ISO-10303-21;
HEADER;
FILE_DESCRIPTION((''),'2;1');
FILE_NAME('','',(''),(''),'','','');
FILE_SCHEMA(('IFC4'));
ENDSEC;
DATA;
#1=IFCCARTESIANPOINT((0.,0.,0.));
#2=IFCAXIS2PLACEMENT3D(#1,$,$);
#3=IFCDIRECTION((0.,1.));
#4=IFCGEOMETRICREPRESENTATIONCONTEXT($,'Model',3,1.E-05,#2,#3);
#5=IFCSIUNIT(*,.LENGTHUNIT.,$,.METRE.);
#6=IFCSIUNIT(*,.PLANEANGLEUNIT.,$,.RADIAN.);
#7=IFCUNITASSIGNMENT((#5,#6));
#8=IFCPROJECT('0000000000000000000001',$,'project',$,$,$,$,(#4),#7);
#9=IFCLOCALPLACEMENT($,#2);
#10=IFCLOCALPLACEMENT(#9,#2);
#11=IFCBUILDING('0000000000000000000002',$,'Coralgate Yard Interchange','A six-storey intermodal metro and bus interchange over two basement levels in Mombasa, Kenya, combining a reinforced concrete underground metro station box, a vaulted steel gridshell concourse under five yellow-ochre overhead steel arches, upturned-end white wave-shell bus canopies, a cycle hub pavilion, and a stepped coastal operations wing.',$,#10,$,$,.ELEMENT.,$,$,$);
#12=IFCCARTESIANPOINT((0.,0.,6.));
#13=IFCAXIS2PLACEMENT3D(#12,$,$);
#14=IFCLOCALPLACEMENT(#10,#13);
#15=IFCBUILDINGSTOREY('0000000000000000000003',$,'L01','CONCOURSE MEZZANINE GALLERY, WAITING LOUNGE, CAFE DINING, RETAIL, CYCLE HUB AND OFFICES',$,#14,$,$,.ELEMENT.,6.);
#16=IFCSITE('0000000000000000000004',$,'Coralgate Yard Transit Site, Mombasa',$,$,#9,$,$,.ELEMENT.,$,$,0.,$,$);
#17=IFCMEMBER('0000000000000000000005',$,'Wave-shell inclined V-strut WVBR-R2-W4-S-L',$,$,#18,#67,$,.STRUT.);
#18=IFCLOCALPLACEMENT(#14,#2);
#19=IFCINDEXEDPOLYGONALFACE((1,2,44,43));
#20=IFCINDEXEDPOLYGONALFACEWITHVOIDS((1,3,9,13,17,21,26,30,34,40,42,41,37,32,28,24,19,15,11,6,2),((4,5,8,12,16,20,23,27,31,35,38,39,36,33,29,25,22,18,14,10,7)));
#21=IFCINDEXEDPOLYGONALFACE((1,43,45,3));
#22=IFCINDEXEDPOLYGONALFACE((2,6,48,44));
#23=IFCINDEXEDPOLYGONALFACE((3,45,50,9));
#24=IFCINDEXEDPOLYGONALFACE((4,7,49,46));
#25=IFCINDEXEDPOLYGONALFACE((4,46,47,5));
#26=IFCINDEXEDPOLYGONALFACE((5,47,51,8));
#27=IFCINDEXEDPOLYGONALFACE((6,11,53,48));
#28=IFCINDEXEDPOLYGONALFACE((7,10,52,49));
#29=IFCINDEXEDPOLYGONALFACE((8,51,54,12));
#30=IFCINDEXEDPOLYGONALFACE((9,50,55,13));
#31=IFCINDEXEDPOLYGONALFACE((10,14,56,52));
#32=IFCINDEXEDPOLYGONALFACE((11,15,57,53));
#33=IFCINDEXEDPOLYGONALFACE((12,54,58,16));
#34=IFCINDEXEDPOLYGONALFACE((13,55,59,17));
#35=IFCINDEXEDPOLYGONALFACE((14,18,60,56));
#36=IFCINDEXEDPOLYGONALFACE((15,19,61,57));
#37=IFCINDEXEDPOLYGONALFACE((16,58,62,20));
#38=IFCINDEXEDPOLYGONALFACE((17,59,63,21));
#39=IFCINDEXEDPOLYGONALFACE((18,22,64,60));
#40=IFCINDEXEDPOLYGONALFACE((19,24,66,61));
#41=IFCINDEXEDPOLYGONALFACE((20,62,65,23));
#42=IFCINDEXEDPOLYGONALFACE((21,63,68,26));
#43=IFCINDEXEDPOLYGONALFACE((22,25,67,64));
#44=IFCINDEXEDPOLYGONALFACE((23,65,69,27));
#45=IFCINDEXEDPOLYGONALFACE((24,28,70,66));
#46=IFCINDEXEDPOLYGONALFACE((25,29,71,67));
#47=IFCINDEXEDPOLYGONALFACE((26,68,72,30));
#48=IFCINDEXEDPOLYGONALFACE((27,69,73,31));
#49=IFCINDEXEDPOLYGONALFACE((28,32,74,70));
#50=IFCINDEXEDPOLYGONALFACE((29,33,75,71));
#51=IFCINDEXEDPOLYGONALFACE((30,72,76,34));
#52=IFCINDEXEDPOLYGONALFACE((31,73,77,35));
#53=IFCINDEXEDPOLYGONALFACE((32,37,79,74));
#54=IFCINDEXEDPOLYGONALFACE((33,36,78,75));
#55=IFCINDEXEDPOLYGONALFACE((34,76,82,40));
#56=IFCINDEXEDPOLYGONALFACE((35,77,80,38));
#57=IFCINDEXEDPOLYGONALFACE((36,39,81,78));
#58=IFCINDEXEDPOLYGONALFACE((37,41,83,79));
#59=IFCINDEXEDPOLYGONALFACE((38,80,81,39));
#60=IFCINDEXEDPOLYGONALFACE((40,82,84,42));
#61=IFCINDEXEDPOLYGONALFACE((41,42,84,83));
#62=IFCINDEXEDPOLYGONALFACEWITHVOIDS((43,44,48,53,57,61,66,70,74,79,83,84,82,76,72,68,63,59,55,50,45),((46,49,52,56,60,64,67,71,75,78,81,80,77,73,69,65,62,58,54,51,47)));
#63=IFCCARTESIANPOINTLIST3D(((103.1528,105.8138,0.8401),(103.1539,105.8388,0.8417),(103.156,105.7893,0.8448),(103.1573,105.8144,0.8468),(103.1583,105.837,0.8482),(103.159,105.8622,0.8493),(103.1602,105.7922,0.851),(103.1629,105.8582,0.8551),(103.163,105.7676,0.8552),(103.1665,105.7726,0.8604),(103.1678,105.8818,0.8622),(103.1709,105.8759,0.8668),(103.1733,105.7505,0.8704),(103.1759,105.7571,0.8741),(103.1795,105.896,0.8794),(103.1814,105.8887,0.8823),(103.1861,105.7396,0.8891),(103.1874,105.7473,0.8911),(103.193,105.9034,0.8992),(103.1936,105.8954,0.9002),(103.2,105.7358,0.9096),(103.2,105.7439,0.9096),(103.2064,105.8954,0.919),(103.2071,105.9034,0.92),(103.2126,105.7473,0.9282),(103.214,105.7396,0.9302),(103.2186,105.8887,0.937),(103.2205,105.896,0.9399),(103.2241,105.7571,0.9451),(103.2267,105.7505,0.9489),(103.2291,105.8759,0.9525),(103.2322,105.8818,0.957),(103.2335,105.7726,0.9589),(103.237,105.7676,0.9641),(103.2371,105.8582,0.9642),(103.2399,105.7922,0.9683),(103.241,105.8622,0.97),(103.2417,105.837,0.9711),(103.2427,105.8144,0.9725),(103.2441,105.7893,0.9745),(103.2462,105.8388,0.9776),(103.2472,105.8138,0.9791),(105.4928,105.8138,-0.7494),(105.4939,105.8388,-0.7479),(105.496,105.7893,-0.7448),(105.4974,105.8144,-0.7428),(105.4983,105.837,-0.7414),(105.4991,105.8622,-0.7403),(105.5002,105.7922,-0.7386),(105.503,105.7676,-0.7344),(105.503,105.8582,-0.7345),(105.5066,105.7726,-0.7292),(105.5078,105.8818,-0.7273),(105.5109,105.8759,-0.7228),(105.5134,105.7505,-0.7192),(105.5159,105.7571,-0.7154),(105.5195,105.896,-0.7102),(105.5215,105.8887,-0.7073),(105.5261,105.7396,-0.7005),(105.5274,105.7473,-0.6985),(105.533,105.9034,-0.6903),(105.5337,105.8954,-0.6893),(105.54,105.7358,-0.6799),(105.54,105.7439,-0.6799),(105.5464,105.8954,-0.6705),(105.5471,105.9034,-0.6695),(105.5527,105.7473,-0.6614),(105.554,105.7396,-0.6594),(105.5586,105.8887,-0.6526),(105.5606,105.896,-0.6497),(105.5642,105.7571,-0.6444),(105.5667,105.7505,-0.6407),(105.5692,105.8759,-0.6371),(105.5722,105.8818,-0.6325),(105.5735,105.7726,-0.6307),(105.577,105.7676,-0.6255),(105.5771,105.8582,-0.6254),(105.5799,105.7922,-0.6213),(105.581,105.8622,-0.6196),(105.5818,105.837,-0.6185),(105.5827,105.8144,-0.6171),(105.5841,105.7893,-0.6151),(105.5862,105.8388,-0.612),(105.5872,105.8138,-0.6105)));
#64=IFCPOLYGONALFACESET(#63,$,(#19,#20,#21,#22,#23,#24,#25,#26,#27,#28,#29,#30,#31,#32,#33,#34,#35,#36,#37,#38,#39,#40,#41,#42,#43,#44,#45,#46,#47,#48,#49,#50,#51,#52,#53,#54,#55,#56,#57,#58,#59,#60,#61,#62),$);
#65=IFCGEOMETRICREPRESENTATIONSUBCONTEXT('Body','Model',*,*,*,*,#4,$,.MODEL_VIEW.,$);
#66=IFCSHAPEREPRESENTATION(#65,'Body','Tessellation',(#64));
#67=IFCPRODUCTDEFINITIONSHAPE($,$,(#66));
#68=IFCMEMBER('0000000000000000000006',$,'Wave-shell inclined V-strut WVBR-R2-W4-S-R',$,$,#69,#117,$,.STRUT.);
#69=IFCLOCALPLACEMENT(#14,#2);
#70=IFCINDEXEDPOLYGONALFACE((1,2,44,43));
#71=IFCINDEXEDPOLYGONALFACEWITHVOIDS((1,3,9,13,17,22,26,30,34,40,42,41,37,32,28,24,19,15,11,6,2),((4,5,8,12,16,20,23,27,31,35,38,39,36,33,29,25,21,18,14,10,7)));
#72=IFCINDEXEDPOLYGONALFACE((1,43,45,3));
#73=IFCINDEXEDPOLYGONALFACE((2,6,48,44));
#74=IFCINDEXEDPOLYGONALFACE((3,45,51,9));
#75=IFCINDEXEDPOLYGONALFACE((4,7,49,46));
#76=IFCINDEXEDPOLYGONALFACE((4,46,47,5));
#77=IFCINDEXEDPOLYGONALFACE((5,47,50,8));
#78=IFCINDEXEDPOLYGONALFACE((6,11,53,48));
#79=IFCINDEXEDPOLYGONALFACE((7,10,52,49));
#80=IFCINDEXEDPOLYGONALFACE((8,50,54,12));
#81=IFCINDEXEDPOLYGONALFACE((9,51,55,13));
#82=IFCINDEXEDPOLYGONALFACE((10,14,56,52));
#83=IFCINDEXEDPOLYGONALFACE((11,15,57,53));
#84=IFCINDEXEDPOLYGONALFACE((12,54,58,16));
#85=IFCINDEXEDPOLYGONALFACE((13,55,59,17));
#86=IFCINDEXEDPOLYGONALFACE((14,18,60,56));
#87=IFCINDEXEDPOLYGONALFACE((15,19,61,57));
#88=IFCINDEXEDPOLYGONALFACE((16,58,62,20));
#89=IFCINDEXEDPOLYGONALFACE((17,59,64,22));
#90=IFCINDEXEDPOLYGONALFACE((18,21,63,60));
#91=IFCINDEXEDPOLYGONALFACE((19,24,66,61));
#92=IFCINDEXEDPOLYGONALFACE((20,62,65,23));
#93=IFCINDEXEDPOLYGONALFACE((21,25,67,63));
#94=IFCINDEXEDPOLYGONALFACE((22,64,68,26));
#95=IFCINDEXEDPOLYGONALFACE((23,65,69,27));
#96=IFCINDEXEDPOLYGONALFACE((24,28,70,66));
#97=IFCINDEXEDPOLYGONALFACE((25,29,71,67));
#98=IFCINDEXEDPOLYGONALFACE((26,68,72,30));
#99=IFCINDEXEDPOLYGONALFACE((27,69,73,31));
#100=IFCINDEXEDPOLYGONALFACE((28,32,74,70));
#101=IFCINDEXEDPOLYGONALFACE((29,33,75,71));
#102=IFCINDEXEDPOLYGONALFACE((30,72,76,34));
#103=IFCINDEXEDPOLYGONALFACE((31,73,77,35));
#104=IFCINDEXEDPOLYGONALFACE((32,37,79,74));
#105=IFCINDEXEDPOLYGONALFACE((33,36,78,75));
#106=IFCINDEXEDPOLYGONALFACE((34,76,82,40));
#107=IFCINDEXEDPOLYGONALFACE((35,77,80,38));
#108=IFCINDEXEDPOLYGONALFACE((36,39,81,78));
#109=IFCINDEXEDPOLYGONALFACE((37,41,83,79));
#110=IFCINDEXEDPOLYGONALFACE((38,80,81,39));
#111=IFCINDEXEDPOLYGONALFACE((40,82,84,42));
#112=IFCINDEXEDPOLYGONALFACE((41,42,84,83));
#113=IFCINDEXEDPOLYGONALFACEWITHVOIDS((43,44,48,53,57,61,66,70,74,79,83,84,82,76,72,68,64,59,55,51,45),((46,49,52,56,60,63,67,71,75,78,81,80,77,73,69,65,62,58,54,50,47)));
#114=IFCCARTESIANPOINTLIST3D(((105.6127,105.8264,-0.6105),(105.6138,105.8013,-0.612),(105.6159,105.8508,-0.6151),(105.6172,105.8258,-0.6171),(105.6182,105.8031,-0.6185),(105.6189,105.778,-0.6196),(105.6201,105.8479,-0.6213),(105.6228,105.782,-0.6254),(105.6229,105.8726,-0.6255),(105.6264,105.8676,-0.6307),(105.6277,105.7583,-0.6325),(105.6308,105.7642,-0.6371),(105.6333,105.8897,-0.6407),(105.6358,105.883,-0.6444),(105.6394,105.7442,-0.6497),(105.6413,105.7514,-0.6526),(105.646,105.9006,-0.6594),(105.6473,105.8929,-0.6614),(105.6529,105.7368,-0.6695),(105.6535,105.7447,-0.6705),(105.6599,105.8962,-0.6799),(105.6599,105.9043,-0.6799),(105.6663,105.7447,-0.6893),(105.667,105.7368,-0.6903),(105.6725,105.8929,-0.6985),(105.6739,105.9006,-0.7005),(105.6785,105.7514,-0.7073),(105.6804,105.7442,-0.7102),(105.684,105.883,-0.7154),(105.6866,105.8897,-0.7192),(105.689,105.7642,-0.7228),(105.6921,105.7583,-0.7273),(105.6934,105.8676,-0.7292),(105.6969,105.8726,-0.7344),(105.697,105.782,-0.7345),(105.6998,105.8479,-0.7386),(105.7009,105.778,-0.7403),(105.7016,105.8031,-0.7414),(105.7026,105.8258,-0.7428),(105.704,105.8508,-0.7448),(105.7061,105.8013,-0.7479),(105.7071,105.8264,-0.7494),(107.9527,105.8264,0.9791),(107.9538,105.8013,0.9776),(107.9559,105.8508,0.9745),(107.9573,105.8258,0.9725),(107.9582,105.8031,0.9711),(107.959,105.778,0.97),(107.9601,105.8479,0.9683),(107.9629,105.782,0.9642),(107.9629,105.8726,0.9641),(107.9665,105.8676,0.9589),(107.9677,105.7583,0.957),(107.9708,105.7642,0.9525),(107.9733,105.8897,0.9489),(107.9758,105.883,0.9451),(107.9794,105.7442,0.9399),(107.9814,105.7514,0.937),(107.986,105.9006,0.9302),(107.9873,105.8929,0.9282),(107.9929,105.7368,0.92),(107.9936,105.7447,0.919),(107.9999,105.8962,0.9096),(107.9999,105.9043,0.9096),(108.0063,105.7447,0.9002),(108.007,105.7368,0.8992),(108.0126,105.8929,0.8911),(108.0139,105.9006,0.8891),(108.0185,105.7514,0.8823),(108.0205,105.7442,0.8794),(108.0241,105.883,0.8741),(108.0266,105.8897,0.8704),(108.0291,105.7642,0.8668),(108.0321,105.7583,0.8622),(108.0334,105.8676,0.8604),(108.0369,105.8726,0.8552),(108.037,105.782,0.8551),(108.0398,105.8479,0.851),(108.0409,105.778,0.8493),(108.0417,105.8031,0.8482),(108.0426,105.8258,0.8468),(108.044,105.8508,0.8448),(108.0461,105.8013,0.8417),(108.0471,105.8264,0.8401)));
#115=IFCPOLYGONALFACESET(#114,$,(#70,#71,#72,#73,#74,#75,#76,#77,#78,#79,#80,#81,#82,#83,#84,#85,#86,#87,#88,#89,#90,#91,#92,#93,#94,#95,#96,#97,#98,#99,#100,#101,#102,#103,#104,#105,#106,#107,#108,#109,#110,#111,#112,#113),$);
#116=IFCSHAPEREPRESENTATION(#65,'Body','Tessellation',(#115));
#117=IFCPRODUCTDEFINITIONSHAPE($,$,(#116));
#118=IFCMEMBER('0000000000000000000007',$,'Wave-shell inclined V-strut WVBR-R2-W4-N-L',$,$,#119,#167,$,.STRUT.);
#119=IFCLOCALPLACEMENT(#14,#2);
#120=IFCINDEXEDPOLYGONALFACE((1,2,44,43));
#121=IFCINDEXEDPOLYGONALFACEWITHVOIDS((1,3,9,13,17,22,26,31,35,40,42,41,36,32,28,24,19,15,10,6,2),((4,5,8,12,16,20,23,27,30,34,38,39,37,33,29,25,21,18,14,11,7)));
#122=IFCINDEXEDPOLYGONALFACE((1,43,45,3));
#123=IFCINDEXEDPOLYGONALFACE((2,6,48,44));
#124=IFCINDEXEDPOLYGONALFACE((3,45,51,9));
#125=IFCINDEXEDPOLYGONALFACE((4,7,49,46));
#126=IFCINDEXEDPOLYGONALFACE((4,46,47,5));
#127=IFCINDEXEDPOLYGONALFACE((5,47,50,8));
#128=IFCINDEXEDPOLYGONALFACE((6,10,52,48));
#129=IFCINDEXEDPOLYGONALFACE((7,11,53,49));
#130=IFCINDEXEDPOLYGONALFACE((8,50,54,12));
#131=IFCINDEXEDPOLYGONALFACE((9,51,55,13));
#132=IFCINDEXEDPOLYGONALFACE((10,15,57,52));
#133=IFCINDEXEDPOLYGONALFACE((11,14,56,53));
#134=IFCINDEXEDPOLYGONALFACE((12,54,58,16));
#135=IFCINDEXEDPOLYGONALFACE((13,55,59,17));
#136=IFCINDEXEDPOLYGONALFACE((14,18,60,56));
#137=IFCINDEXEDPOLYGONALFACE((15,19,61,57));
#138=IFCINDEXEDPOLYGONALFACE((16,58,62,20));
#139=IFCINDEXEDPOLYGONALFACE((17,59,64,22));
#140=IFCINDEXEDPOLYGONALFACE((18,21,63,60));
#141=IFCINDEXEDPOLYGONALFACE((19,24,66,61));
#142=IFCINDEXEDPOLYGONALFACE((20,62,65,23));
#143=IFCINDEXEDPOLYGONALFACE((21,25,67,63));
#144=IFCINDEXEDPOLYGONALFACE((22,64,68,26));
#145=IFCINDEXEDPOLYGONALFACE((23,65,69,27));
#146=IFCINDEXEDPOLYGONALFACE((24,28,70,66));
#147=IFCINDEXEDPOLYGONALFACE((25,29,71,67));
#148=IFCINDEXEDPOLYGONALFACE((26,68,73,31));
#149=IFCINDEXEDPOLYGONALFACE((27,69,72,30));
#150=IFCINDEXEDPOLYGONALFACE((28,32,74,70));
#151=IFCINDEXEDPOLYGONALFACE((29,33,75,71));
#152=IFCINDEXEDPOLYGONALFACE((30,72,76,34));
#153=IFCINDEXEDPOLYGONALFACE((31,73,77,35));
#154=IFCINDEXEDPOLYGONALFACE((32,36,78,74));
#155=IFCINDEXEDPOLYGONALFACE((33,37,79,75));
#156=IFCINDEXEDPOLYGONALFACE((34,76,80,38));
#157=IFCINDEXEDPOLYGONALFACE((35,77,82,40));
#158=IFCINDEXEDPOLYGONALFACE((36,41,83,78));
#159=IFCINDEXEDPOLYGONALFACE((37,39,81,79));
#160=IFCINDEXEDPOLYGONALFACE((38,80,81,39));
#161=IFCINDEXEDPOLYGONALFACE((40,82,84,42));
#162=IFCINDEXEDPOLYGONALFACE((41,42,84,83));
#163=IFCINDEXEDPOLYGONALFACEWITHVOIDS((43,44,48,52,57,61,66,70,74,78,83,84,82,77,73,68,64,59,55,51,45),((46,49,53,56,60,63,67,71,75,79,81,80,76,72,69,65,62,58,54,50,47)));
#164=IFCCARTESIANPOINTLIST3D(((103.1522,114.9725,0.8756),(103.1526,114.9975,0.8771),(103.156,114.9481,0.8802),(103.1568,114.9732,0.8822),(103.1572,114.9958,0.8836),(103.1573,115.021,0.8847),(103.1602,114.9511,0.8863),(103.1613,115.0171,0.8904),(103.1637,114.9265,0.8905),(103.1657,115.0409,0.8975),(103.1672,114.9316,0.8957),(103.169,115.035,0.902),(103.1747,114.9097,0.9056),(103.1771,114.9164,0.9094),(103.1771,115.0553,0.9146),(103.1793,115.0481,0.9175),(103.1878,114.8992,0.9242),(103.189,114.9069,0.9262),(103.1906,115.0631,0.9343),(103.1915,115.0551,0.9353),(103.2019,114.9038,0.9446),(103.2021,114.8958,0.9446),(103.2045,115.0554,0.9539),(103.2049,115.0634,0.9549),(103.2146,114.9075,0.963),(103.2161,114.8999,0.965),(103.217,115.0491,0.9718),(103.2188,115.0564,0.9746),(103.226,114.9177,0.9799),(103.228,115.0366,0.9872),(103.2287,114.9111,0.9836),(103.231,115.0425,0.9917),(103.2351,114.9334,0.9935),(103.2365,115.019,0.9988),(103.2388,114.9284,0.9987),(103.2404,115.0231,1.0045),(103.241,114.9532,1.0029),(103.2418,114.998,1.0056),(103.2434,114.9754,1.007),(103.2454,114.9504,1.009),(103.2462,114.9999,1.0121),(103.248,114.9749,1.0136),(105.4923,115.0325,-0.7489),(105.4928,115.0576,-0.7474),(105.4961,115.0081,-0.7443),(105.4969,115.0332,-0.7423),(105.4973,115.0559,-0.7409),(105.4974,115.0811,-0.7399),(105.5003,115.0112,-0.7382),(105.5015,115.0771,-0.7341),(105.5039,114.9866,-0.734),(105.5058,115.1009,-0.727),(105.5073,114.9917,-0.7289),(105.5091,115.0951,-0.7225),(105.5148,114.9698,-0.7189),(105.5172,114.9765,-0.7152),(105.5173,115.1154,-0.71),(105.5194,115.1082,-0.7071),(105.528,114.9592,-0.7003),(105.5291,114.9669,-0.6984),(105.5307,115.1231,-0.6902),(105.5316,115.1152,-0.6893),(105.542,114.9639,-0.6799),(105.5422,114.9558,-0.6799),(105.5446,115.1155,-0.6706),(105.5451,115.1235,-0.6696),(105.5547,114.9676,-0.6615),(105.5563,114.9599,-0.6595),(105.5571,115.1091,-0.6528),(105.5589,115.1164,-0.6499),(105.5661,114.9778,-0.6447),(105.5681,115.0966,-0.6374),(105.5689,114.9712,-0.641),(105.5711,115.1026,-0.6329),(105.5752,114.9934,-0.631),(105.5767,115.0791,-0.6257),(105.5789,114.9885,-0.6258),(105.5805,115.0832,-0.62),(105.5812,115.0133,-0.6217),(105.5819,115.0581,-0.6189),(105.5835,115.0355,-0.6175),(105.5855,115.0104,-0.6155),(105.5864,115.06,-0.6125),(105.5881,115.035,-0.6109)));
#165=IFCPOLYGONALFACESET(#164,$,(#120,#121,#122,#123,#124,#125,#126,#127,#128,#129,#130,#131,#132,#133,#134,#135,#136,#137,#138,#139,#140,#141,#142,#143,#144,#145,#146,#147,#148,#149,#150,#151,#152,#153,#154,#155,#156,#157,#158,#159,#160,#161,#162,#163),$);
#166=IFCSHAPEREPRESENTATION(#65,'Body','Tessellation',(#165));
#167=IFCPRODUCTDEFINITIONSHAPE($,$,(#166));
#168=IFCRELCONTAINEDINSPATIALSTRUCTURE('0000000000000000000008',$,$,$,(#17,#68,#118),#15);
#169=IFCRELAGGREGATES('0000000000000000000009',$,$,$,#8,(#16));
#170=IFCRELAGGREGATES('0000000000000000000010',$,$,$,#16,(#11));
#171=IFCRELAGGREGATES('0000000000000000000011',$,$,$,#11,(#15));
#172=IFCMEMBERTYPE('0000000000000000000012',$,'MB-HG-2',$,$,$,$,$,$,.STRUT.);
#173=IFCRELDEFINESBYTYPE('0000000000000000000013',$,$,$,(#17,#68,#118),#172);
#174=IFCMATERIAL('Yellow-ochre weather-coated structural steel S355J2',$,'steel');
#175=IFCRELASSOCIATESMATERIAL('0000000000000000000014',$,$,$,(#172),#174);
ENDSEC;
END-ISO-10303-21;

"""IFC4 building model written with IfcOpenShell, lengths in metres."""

from ifc_helpers import new_model, si_unit, direction, frame, origin, origin_2d, place, context, subcontext, project, spatial, hollow_circle, extrude, material, material_profile, profile_set, type_object, element, save


model = new_model("IFC4")

# Units and contexts
model_context = context("Model", 3, precision=1e-05, world=origin(), true_north=direction((0.0, 1.0)))
body_context = subcontext(model_context, "Body", "Model", "MODEL_VIEW")
ifc_project = project(units=[si_unit("LENGTHUNIT", "METRE"), si_unit("PLANEANGLEUNIT", "RADIAN")], contexts=[model_context])

# Site, building, storey
site_placement = place(None, origin())
site = spatial("IfcSite", under=ifc_project, at=site_placement, Name="Coralgate Yard Transit Site, Mombasa", CompositionType="ELEMENT", RefElevation=0.0)
building_placement = place(site_placement, origin())
building = spatial("IfcBuilding", under=site, at=building_placement, Name="Coralgate Yard Interchange", Description="A six-storey intermodal metro and bus interchange over two basement levels in Mombasa, Kenya, combining a reinforced concrete underground metro station box, a vaulted steel gridshell concourse under five yellow-ochre overhead steel arches, upturned-end white wave-shell bus canopies, a cycle hub pavilion, and a stepped coastal operations wing.", CompositionType="ELEMENT")
storey_placement = place(building_placement, frame((0.0, 0.0, 6.0)))
storey = spatial("IfcBuildingStorey", under=building, at=storey_placement, Name="L01", Description="CONCOURSE MEZZANINE GALLERY, WAITING LOUNGE, CAFE DINING, RETAIL, CYCLE HUB AND OFFICES", CompositionType="ELEMENT", Elevation=6.0)

# Members
ifc_material_1 = material(Name="Yellow-ochre weather-coated structural steel S355J2", Category="steel")
ifc_material_profile_1 = material_profile(ifc_material_1, hollow_circle(Radius=0.0842, WallThickness=0.0081, at=origin_2d()), Name="CHS 168.3x8")
ifc_profile_set_1 = profile_set([ifc_material_profile_1], Name="Yellow-ochre weather-coated structural steel S355J2")
member_type_1 = type_object("IfcMemberType", Name="MB-HG-2", PredefinedType="STRUT", material=ifc_profile_set_1)
for number, where, z_axis, x_axis, name in (
    (1, (105.54, 105.8201, -0.6799), (-0.827199, 0.0, 0.561909), (0.0, -1.0, 0.0), "Wave-shell inclined V-strut WVBR-R2-W4-S-L"),
    (2, (105.6599, 105.8201, -0.6799), (0.827199, 0.0, 0.561909), (0.0, 1.0, 0.0), "Wave-shell inclined V-strut WVBR-R2-W4-S-R"),
):
    element("IfcMember", number, at=place(storey_placement, frame(where, z_axis=z_axis, x_axis=x_axis)), inside=storey, type_object=member_type_1, Name=name, PredefinedType="STRUT", context=body_context, shape_type="SweptSolid", body=[
        extrude(hollow_circle(Radius=0.0842, WallThickness=0.0081, at=origin_2d()), origin(), (0.0, 0.0, 1.0), 2.8289),
    ])
for number, where, z_axis, x_axis, name in (
    (3, (105.54, 115.04, -0.6799), (-0.821278, -0.021078, 0.570139), (0.025657, -0.999671, 0.0), "Wave-shell inclined V-strut WVBR-R2-W4-N-L"),
):
    element("IfcMember", number, at=place(storey_placement, frame(where, z_axis=z_axis, x_axis=x_axis)), inside=storey, type_object=member_type_1, Name=name, PredefinedType="STRUT", context=body_context, shape_type="SweptSolid", body=[
        extrude(hollow_circle(Radius=0.0842, WallThickness=0.0081, at=origin_2d()), origin(), (0.0, 0.0, 1.0), 2.8494),
    ])

save(model, "model.ifc")
